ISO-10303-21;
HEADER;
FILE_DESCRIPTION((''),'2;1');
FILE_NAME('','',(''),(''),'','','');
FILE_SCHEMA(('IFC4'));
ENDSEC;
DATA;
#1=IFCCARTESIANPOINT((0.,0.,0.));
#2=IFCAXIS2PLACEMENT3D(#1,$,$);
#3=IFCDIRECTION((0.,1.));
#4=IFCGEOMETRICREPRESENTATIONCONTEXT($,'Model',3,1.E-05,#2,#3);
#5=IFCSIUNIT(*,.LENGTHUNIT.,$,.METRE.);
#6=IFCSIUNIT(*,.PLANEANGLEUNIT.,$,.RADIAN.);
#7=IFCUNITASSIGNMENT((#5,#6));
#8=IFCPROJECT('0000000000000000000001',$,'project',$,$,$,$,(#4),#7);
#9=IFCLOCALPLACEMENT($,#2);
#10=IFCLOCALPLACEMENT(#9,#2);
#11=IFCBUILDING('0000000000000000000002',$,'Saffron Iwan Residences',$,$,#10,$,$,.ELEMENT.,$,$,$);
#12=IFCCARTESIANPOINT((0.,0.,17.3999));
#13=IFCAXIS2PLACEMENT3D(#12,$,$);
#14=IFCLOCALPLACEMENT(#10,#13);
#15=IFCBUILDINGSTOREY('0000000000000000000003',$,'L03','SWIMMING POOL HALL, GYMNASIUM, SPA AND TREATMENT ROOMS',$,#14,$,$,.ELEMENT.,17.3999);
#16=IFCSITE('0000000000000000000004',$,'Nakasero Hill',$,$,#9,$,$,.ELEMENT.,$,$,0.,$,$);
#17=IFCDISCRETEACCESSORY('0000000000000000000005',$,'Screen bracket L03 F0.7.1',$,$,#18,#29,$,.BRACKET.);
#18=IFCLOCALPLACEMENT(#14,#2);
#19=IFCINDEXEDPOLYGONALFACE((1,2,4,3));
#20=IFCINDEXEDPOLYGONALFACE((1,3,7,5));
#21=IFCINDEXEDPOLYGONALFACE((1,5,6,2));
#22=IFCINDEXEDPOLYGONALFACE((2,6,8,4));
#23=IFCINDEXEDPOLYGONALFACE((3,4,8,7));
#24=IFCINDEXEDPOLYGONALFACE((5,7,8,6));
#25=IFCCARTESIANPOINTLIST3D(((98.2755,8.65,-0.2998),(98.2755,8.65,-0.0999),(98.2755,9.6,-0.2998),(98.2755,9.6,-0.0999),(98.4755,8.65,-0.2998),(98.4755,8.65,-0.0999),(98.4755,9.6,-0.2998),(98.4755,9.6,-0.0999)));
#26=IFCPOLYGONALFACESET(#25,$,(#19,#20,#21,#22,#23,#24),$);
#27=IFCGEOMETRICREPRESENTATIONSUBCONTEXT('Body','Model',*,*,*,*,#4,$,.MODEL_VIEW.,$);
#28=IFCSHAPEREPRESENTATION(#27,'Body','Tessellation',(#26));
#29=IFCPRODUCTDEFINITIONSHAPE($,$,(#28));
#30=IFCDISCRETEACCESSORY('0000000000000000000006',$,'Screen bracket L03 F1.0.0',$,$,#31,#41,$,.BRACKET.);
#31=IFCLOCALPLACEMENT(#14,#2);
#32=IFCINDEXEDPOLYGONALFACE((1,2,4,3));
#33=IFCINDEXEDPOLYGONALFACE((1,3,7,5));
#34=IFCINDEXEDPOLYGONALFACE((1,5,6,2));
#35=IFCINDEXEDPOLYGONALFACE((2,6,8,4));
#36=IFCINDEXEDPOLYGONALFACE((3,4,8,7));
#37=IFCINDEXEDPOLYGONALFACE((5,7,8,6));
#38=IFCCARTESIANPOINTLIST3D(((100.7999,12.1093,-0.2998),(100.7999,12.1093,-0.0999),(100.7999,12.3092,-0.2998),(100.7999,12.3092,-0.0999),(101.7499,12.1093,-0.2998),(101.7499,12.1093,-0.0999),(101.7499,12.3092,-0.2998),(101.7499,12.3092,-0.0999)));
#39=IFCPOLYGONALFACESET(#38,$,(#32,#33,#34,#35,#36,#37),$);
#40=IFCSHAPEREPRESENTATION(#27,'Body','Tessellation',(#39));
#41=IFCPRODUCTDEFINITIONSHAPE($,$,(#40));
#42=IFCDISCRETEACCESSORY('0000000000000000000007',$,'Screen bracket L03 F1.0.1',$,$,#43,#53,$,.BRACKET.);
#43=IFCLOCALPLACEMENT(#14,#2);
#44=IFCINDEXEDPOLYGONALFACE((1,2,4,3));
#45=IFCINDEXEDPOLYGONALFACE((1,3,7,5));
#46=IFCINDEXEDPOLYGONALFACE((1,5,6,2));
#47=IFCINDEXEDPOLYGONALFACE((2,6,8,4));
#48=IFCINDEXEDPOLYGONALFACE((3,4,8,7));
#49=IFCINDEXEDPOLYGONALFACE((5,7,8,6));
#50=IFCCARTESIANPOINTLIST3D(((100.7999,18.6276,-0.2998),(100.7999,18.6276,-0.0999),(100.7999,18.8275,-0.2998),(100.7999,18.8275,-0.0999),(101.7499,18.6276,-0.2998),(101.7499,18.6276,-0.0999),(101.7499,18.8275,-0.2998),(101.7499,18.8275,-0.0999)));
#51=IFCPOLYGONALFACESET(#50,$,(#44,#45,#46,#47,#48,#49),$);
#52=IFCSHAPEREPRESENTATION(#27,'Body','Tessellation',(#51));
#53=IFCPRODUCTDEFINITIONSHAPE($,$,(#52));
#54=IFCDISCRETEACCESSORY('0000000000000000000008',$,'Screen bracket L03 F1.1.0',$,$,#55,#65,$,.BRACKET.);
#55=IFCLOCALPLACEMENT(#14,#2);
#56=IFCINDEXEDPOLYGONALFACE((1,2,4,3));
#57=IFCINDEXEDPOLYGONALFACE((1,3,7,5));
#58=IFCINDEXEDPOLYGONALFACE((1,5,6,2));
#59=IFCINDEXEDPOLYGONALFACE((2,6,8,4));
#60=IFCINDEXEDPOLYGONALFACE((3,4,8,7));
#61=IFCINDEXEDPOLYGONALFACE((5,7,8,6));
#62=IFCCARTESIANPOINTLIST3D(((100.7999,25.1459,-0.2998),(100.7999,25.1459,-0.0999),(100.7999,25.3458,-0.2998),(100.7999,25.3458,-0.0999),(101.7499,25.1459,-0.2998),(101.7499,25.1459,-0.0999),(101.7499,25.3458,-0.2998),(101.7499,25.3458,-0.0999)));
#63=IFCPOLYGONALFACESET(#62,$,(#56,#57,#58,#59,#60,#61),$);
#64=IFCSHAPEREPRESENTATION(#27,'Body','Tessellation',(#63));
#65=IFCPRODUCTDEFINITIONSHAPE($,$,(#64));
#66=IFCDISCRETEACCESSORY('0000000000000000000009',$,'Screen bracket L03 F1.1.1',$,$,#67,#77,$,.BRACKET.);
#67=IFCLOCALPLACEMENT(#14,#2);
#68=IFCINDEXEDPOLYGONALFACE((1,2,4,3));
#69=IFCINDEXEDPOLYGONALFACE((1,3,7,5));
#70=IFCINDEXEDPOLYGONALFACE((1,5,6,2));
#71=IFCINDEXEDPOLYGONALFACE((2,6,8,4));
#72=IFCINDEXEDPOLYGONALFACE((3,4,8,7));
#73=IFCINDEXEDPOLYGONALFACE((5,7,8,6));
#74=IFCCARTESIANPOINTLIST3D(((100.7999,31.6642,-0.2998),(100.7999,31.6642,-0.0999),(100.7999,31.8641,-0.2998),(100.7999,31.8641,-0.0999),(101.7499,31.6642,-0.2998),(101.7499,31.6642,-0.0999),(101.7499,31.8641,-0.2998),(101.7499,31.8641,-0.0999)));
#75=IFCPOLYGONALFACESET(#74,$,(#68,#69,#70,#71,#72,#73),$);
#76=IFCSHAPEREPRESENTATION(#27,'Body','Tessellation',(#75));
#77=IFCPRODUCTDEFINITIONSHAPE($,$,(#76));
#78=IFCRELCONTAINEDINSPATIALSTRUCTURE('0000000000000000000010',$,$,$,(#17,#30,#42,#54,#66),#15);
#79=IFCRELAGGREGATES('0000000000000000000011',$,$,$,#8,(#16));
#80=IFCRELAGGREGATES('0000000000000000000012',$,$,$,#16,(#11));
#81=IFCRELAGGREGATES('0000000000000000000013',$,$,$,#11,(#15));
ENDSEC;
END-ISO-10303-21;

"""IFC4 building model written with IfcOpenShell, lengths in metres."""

from ifc_helpers import new_model, si_unit, direction, frame, origin, origin_2d, place, context, subcontext, project, spatial, rectangle, extrude, source, transform, mapped, element, save


model = new_model("IFC4")

# Units and contexts
model_context = context("Model", 3, precision=1e-05, world=origin(), true_north=direction((0.0, 1.0)))
body_context = subcontext(model_context, "Body", "Model", "MODEL_VIEW")
ifc_project = project(units=[si_unit("LENGTHUNIT", "METRE"), si_unit("PLANEANGLEUNIT", "RADIAN")], contexts=[model_context])

# Site, building, storey
site_placement = place(None, origin())
site = spatial("IfcSite", under=ifc_project, at=site_placement, Name="Nakasero Hill", CompositionType="ELEMENT", RefElevation=0.0)
building_placement = place(site_placement, origin())
building = spatial("IfcBuilding", under=site, at=building_placement, Name="Saffron Iwan Residences", CompositionType="ELEMENT")
storey_placement = place(building_placement, frame((0.0, 0.0, 17.3999)))
storey = spatial("IfcBuildingStorey", under=building, at=storey_placement, Name="L03", Description="SWIMMING POOL HALL, GYMNASIUM, SPA AND TREATMENT ROOMS", CompositionType="ELEMENT", Elevation=17.3999)

# Discrete accessories
shared_shape_1 = source(origin(), body_context, "Body", "SweptSolid", [
    extrude(rectangle(XDim=0.95, YDim=0.2, at=origin_2d()), origin(), (0.0, 0.0, 1.0), 0.2),
])
for number, where, z_axis, x_axis, name in (
    (1, (98.3755, 9.125, -0.2998), (0.0, 0.0, 1.0), (0.0, -1.0, 0.0), "Screen bracket L03 F0.7.1"),
    (2, (101.2749, 12.2092, -0.2998), (0.0, 0.0, 1.0), (1.0, 0.0, 0.0), "Screen bracket L03 F1.0.0"),
    (3, (101.2749, 18.7275, -0.2998), (0.0, 0.0, 1.0), (1.0, 0.0, 0.0), "Screen bracket L03 F1.0.1"),
    (4, (101.2749, 25.2458, -0.2998), (0.0, 0.0, 1.0), (1.0, 0.0, 0.0), "Screen bracket L03 F1.1.0"),
    (5, (101.2749, 31.7642, -0.2998), (0.0, 0.0, 1.0), (1.0, 0.0, 0.0), "Screen bracket L03 F1.1.1"),
):
    element("IfcDiscreteAccessory", number, at=place(storey_placement, frame(where, z_axis=z_axis, x_axis=x_axis)), inside=storey, Name=name, PredefinedType="BRACKET", context=body_context, shape_type="MappedRepresentation", body=[
        mapped(shared_shape_1, transform((0.0, 0.0, 0.0))),
    ])

save(model, "model.ifc")
